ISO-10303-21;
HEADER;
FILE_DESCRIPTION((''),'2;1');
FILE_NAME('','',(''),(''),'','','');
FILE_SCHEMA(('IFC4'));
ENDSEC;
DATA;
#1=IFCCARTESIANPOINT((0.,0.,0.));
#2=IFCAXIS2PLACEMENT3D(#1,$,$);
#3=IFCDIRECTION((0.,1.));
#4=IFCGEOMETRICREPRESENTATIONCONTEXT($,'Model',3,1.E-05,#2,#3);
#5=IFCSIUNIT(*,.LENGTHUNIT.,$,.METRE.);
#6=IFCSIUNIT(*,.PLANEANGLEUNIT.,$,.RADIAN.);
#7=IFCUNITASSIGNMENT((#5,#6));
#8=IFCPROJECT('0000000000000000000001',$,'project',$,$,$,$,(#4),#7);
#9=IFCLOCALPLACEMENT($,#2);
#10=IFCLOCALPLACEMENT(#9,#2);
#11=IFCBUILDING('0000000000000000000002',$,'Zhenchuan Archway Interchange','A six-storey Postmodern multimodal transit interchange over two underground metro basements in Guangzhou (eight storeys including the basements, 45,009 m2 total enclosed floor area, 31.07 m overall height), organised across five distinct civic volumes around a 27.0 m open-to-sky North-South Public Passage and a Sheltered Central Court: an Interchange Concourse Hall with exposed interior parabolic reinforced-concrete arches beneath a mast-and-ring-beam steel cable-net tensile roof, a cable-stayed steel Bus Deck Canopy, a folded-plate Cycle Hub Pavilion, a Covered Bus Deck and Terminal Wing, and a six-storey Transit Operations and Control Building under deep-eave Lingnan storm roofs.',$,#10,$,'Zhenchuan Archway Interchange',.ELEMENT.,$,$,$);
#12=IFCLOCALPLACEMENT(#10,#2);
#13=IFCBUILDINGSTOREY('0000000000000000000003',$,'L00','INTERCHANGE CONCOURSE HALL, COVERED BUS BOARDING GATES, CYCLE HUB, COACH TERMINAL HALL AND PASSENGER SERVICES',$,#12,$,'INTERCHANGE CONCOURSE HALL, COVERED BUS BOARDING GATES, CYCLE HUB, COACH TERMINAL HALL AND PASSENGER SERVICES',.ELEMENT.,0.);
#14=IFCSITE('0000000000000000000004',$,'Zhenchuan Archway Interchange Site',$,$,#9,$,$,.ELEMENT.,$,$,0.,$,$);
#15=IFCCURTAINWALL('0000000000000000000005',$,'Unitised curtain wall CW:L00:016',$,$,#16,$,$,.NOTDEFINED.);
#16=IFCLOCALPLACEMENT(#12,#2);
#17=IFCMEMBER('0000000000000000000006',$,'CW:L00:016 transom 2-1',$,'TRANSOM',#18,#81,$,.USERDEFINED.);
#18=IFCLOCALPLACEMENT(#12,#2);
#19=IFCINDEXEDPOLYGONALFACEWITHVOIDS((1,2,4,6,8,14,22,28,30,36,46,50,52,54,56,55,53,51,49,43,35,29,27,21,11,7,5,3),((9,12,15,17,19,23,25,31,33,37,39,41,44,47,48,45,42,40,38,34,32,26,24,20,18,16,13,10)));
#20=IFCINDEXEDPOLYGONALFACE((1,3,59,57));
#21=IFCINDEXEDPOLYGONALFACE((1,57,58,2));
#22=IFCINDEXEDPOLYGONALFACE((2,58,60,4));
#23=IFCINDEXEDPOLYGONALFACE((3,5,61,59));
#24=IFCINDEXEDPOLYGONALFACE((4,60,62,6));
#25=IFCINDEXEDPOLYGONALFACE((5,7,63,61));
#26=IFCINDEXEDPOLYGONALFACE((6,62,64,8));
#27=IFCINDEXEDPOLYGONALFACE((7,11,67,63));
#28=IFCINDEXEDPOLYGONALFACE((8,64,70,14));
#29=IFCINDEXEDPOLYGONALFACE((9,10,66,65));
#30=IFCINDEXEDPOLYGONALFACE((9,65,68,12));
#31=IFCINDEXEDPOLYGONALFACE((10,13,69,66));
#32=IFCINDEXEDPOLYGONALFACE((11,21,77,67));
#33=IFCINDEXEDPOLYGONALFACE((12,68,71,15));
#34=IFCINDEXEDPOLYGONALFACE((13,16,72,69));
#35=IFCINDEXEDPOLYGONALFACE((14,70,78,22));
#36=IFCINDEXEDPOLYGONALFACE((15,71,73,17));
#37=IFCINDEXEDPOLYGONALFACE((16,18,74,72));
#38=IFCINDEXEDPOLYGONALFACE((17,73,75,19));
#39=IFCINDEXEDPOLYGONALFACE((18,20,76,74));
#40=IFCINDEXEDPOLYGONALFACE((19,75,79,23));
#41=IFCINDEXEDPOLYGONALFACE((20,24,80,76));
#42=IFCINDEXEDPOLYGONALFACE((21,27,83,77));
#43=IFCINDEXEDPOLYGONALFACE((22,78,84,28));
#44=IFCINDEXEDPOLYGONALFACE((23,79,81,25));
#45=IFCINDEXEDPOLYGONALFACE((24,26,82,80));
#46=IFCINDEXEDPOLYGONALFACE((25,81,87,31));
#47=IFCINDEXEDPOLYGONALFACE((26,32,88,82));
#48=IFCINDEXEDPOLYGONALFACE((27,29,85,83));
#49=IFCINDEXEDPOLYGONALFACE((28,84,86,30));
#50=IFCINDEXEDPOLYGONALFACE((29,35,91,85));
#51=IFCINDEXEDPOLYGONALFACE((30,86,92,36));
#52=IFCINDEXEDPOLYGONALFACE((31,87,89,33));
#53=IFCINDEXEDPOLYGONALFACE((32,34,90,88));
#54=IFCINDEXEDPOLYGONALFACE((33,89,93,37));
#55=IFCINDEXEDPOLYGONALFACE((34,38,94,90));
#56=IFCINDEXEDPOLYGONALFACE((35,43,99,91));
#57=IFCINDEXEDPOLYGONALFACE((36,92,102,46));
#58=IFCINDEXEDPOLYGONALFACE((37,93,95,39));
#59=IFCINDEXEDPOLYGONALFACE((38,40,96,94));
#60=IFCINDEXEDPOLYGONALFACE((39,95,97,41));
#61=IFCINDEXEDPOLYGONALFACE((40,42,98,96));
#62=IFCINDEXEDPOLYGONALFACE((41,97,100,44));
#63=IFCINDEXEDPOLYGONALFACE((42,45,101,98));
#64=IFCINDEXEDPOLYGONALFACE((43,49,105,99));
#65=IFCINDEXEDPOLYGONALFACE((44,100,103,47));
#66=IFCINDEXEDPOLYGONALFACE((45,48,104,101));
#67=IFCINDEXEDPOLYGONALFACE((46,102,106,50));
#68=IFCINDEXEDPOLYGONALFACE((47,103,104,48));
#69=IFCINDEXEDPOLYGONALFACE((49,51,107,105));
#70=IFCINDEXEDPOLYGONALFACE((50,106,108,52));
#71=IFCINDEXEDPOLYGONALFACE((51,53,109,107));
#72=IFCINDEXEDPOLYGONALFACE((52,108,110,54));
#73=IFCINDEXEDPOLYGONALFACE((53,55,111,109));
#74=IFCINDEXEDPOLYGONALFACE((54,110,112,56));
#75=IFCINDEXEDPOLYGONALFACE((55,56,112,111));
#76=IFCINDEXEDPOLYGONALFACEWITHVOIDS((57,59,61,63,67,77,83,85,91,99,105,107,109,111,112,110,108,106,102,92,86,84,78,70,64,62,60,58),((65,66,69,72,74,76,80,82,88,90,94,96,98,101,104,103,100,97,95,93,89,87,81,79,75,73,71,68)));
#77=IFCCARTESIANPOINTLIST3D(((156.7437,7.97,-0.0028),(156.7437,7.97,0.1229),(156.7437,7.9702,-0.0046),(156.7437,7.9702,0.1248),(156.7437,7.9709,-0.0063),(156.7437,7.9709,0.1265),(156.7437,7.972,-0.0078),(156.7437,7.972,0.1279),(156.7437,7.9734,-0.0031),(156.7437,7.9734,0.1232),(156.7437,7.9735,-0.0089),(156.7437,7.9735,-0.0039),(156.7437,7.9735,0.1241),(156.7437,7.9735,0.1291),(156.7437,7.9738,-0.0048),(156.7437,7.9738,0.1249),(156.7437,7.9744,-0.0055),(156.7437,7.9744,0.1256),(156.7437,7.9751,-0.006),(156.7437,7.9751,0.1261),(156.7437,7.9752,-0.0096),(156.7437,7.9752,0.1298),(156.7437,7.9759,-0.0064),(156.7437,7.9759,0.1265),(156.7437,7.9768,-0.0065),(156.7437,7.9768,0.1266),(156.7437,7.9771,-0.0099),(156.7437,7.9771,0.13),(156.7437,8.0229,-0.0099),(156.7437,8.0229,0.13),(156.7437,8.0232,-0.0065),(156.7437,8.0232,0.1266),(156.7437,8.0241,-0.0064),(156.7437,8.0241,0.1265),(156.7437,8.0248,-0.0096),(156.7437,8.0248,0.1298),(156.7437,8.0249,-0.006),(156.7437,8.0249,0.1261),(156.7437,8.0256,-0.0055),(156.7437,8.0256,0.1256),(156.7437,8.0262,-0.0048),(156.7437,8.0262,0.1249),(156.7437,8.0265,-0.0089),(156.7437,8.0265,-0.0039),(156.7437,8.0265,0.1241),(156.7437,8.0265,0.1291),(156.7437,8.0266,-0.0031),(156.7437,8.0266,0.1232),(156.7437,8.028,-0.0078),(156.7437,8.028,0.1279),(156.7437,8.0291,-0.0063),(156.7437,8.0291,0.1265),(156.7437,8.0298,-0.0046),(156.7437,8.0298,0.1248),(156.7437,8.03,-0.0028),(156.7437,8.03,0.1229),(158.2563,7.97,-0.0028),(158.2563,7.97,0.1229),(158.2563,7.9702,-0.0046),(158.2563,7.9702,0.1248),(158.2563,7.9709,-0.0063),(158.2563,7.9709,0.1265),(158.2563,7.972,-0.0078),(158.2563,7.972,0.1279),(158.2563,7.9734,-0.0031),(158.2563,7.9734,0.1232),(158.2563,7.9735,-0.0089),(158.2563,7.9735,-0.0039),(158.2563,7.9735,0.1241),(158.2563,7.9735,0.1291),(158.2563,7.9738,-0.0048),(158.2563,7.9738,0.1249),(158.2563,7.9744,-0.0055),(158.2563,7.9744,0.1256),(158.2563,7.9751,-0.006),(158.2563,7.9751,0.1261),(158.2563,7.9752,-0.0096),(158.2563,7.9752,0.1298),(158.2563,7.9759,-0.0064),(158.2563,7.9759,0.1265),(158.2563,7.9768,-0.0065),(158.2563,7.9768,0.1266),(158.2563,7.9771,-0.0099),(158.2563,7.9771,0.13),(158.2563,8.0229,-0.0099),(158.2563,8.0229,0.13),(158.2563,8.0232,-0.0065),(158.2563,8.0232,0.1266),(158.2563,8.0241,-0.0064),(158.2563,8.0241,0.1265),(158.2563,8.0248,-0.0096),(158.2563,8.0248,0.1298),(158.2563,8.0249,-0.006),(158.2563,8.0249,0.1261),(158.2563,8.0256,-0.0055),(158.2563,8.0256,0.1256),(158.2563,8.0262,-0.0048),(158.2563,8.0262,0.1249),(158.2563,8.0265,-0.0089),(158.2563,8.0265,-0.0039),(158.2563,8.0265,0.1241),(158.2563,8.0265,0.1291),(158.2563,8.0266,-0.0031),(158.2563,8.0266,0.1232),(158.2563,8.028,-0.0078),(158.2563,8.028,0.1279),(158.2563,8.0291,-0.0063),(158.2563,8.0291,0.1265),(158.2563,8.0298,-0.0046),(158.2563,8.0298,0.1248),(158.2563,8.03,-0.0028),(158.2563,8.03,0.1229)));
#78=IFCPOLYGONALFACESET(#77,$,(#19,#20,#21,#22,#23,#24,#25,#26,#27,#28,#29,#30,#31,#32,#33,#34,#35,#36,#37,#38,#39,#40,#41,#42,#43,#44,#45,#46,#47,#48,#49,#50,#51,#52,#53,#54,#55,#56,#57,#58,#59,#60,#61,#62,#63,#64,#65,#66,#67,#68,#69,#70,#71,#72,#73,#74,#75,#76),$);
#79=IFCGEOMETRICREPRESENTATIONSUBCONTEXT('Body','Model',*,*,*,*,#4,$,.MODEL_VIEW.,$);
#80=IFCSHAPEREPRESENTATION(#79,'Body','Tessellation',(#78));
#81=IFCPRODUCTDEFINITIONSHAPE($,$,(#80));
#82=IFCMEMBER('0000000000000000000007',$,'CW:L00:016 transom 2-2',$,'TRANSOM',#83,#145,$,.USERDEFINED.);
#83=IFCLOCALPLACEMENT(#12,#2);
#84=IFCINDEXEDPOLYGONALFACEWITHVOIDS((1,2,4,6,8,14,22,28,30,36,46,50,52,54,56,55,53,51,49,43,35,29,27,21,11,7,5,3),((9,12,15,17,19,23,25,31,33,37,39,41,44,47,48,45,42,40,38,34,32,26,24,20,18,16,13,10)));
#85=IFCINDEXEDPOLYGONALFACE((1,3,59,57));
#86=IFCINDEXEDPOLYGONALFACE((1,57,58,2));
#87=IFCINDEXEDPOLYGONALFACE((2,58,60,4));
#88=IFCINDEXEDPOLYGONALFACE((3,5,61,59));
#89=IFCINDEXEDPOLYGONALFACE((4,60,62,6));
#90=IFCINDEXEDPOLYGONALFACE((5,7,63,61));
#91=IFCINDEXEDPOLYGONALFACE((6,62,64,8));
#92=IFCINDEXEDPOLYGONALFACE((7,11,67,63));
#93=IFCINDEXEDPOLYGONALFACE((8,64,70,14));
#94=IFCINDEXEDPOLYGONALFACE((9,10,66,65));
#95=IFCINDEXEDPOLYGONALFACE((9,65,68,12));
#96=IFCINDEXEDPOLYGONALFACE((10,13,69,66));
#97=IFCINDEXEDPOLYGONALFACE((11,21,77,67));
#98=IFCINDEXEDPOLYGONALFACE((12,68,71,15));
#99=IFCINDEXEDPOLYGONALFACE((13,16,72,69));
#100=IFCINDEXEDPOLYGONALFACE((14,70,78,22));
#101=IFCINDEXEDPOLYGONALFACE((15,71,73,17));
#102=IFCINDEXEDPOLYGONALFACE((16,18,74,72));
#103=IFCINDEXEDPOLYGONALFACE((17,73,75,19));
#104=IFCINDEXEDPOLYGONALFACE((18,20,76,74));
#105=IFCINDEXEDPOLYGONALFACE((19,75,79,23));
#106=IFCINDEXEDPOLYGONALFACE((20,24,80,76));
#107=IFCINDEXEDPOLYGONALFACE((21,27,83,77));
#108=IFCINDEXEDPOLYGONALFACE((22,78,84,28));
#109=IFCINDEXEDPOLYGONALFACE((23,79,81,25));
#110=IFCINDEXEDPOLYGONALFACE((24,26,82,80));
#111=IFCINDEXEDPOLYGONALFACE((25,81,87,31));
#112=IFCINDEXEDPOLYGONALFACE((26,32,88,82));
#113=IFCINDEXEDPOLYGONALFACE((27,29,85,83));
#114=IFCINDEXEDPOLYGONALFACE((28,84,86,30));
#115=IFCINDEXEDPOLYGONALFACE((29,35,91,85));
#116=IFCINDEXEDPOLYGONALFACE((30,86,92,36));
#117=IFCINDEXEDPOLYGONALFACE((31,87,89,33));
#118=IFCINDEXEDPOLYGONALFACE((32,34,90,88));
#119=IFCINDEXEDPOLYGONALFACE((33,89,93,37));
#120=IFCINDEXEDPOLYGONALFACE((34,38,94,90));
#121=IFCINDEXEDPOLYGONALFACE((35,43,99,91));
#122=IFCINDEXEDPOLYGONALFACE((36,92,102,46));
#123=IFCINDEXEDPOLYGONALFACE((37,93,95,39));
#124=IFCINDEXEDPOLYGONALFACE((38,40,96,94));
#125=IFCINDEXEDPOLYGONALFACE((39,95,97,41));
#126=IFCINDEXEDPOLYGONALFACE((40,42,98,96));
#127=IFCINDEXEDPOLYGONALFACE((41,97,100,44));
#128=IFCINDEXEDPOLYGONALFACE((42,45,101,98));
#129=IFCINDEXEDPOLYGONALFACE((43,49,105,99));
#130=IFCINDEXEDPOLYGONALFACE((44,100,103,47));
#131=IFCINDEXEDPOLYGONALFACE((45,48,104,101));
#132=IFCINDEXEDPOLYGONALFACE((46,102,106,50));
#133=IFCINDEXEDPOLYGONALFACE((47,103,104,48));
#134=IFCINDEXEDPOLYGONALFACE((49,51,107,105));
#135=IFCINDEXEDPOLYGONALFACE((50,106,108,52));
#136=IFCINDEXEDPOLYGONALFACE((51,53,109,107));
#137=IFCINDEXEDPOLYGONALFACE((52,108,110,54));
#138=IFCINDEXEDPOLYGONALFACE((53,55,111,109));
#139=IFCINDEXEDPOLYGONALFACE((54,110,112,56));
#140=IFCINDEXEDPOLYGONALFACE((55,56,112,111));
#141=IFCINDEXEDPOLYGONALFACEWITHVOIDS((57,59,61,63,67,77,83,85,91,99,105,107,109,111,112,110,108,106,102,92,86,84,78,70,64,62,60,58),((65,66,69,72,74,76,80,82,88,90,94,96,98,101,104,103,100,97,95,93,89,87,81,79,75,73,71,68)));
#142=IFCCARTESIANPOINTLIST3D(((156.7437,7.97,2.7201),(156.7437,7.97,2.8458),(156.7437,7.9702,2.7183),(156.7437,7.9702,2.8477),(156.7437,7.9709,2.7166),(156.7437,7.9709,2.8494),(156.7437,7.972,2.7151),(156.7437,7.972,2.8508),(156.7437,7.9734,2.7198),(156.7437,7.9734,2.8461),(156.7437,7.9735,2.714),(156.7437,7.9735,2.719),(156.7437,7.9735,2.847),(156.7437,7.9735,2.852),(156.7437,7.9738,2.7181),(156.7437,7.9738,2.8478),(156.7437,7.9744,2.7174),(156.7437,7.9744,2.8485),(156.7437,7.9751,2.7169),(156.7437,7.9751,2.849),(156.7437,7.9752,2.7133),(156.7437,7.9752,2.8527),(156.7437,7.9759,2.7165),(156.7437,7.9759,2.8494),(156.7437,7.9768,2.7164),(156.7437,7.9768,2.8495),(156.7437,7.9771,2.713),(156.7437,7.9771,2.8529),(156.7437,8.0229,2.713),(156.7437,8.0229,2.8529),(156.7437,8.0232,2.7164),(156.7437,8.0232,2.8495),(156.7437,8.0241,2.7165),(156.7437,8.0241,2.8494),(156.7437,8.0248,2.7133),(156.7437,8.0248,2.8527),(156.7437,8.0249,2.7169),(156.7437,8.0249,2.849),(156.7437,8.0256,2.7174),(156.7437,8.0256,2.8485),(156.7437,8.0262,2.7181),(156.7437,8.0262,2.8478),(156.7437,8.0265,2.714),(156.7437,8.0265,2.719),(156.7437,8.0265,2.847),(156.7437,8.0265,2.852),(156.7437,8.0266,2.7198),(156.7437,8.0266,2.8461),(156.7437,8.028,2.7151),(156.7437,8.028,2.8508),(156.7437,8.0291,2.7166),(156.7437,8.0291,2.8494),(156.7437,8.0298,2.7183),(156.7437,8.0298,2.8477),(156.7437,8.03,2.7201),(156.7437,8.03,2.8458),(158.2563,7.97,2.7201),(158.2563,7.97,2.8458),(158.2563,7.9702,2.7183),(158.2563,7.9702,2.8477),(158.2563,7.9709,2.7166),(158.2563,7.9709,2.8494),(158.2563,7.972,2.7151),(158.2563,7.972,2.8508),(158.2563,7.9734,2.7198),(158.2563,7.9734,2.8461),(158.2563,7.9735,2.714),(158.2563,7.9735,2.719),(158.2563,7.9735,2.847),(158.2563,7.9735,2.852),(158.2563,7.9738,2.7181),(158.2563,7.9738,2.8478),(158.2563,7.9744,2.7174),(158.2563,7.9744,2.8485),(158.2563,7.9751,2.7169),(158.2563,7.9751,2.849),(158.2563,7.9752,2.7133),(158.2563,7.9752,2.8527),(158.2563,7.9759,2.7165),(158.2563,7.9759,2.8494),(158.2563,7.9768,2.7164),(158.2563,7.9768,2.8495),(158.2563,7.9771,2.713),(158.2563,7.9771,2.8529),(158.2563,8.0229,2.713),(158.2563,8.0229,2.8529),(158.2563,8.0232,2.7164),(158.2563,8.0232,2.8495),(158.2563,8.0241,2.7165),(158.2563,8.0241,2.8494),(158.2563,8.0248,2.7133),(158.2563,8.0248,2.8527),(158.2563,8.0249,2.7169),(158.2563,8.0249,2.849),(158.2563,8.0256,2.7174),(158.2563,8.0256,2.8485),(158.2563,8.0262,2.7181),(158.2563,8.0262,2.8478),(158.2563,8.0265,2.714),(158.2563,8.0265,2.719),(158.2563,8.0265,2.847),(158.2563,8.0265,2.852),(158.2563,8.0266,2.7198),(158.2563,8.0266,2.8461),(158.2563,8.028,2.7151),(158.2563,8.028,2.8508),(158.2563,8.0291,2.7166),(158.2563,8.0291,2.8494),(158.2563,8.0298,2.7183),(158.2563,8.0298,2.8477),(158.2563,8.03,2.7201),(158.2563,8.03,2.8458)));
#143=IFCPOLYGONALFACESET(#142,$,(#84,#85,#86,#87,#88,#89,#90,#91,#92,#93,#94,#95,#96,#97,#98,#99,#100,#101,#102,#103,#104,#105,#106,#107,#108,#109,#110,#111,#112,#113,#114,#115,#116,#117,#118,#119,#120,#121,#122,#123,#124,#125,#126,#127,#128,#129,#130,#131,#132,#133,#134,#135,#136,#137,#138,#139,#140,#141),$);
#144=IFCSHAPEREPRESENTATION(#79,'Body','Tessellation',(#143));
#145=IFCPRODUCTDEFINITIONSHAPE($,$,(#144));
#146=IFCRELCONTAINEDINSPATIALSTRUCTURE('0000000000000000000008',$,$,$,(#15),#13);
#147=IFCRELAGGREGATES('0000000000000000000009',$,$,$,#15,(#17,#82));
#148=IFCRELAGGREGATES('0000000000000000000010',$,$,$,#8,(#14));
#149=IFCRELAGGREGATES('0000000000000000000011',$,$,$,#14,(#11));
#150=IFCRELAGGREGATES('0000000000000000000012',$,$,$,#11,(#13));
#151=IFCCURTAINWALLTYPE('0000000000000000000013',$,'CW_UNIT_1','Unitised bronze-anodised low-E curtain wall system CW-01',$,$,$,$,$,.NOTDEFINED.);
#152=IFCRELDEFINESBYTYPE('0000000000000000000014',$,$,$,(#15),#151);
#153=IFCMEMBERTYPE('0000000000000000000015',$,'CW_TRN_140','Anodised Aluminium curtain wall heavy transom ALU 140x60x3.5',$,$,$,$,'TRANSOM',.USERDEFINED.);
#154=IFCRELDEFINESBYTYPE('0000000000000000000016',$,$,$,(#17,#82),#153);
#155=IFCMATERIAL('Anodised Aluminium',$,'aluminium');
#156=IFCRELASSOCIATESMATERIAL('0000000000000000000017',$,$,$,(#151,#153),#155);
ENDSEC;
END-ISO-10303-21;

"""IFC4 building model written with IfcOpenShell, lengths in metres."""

from ifc_helpers import new_model, si_unit, direction, frame, origin, origin_2d, place, context, subcontext, project, spatial, hollow_rectangle, extrude, material, material_profile, profile_set, type_object, element, aggregate, save


model = new_model("IFC4")

# Units and contexts
model_context = context("Model", 3, precision=1e-05, world=origin(), true_north=direction((0.0, 1.0)))
body_context = subcontext(model_context, "Body", "Model", "MODEL_VIEW")
ifc_project = project(units=[si_unit("LENGTHUNIT", "METRE"), si_unit("PLANEANGLEUNIT", "RADIAN")], contexts=[model_context])

# Site, building, storey
site_placement = place(None, origin())
site = spatial("IfcSite", under=ifc_project, at=site_placement, Name="Zhenchuan Archway Interchange Site", CompositionType="ELEMENT", RefElevation=0.0)
building_placement = place(site_placement, origin())
building = spatial("IfcBuilding", under=site, at=building_placement, Name="Zhenchuan Archway Interchange", Description="A six-storey Postmodern multimodal transit interchange over two underground metro basements in Guangzhou (eight storeys including the basements, 45,009 m2 total enclosed floor area, 31.07 m overall height), organised across five distinct civic volumes around a 27.0 m open-to-sky North-South Public Passage and a Sheltered Central Court: an Interchange Concourse Hall with exposed interior parabolic reinforced-concrete arches beneath a mast-and-ring-beam steel cable-net tensile roof, a cable-stayed steel Bus Deck Canopy, a folded-plate Cycle Hub Pavilion, a Covered Bus Deck and Terminal Wing, and a six-storey Transit Operations and Control Building under deep-eave Lingnan storm roofs.", LongName="Zhenchuan Archway Interchange", CompositionType="ELEMENT")
storey_placement = place(building_placement, origin())
storey = spatial("IfcBuildingStorey", under=building, at=storey_placement, Name="L00", Description="INTERCHANGE CONCOURSE HALL, COVERED BUS BOARDING GATES, CYCLE HUB, COACH TERMINAL HALL AND PASSENGER SERVICES", LongName="INTERCHANGE CONCOURSE HALL, COVERED BUS BOARDING GATES, CYCLE HUB, COACH TERMINAL HALL AND PASSENGER SERVICES", CompositionType="ELEMENT", Elevation=0.0)

# Curtain wall, members
ifc_material_1 = material(Name="Anodised Aluminium", Category="aluminium")
curtain_wall_type = type_object("IfcCurtainWallType", Name="CW_UNIT_1", Description="Unitised bronze-anodised low-E curtain wall system CW-01", PredefinedType="NOTDEFINED", material=ifc_material_1)
curtain_wall_placement = place(storey_placement, origin())
curtain_wall = element("IfcCurtainWall", 1, at=curtain_wall_placement, inside=storey, type_object=curtain_wall_type, Name="Unitised curtain wall CW:L00:016", PredefinedType="NOTDEFINED")
ifc_material_profile_1 = material_profile(ifc_material_1, hollow_rectangle(XDim=0.0601, YDim=0.1399, WallThickness=0.0034, InnerFilletRadius=0.0034, OuterFilletRadius=0.0071, at=origin_2d()), Name="ALU 140x60x3.5")
ifc_profile_set_1 = profile_set([ifc_material_profile_1], Name="Anodised Aluminium")
member_type_1 = type_object("IfcMemberType", Name="CW_TRN_140", Description="Anodised Aluminium curtain wall heavy transom ALU 140x60x3.5", ElementType="TRANSOM", PredefinedType="USERDEFINED", material=ifc_profile_set_1)
member_1_placement = place(storey_placement, frame((158.2563, 8.0, 0.0601), z_axis=(-1.0, 0.0, 0.0), x_axis=(0.0, -1.0, 0.0)))
member_1 = element("IfcMember", 2, at=member_1_placement, type_object=member_type_1, Name="CW:L00:016 transom 2-1", ObjectType="TRANSOM", PredefinedType="USERDEFINED", context=body_context, shape_type="SweptSolid", body=[
    extrude(hollow_rectangle(XDim=0.0601, YDim=0.1399, WallThickness=0.0034, InnerFilletRadius=0.0034, OuterFilletRadius=0.0071, at=origin_2d()), origin(), (0.0, 0.0, 1.0), 1.5127),
])
member_2_placement = place(storey_placement, frame((158.2563, 8.0, 2.783), z_axis=(-1.0, 0.0, 0.0), x_axis=(0.0, -1.0, 0.0)))
member_2 = element("IfcMember", 3, at=member_2_placement, type_object=member_type_1, Name="CW:L00:016 transom 2-2", ObjectType="TRANSOM", PredefinedType="USERDEFINED", context=body_context, shape_type="SweptSolid", body=[
    extrude(hollow_rectangle(XDim=0.0601, YDim=0.1399, WallThickness=0.0034, InnerFilletRadius=0.0034, OuterFilletRadius=0.0071, at=origin_2d()), origin(), (0.0, 0.0, 1.0), 1.5127),
])

aggregate(curtain_wall, [member_1, member_2])

save(model, "model.ifc")
